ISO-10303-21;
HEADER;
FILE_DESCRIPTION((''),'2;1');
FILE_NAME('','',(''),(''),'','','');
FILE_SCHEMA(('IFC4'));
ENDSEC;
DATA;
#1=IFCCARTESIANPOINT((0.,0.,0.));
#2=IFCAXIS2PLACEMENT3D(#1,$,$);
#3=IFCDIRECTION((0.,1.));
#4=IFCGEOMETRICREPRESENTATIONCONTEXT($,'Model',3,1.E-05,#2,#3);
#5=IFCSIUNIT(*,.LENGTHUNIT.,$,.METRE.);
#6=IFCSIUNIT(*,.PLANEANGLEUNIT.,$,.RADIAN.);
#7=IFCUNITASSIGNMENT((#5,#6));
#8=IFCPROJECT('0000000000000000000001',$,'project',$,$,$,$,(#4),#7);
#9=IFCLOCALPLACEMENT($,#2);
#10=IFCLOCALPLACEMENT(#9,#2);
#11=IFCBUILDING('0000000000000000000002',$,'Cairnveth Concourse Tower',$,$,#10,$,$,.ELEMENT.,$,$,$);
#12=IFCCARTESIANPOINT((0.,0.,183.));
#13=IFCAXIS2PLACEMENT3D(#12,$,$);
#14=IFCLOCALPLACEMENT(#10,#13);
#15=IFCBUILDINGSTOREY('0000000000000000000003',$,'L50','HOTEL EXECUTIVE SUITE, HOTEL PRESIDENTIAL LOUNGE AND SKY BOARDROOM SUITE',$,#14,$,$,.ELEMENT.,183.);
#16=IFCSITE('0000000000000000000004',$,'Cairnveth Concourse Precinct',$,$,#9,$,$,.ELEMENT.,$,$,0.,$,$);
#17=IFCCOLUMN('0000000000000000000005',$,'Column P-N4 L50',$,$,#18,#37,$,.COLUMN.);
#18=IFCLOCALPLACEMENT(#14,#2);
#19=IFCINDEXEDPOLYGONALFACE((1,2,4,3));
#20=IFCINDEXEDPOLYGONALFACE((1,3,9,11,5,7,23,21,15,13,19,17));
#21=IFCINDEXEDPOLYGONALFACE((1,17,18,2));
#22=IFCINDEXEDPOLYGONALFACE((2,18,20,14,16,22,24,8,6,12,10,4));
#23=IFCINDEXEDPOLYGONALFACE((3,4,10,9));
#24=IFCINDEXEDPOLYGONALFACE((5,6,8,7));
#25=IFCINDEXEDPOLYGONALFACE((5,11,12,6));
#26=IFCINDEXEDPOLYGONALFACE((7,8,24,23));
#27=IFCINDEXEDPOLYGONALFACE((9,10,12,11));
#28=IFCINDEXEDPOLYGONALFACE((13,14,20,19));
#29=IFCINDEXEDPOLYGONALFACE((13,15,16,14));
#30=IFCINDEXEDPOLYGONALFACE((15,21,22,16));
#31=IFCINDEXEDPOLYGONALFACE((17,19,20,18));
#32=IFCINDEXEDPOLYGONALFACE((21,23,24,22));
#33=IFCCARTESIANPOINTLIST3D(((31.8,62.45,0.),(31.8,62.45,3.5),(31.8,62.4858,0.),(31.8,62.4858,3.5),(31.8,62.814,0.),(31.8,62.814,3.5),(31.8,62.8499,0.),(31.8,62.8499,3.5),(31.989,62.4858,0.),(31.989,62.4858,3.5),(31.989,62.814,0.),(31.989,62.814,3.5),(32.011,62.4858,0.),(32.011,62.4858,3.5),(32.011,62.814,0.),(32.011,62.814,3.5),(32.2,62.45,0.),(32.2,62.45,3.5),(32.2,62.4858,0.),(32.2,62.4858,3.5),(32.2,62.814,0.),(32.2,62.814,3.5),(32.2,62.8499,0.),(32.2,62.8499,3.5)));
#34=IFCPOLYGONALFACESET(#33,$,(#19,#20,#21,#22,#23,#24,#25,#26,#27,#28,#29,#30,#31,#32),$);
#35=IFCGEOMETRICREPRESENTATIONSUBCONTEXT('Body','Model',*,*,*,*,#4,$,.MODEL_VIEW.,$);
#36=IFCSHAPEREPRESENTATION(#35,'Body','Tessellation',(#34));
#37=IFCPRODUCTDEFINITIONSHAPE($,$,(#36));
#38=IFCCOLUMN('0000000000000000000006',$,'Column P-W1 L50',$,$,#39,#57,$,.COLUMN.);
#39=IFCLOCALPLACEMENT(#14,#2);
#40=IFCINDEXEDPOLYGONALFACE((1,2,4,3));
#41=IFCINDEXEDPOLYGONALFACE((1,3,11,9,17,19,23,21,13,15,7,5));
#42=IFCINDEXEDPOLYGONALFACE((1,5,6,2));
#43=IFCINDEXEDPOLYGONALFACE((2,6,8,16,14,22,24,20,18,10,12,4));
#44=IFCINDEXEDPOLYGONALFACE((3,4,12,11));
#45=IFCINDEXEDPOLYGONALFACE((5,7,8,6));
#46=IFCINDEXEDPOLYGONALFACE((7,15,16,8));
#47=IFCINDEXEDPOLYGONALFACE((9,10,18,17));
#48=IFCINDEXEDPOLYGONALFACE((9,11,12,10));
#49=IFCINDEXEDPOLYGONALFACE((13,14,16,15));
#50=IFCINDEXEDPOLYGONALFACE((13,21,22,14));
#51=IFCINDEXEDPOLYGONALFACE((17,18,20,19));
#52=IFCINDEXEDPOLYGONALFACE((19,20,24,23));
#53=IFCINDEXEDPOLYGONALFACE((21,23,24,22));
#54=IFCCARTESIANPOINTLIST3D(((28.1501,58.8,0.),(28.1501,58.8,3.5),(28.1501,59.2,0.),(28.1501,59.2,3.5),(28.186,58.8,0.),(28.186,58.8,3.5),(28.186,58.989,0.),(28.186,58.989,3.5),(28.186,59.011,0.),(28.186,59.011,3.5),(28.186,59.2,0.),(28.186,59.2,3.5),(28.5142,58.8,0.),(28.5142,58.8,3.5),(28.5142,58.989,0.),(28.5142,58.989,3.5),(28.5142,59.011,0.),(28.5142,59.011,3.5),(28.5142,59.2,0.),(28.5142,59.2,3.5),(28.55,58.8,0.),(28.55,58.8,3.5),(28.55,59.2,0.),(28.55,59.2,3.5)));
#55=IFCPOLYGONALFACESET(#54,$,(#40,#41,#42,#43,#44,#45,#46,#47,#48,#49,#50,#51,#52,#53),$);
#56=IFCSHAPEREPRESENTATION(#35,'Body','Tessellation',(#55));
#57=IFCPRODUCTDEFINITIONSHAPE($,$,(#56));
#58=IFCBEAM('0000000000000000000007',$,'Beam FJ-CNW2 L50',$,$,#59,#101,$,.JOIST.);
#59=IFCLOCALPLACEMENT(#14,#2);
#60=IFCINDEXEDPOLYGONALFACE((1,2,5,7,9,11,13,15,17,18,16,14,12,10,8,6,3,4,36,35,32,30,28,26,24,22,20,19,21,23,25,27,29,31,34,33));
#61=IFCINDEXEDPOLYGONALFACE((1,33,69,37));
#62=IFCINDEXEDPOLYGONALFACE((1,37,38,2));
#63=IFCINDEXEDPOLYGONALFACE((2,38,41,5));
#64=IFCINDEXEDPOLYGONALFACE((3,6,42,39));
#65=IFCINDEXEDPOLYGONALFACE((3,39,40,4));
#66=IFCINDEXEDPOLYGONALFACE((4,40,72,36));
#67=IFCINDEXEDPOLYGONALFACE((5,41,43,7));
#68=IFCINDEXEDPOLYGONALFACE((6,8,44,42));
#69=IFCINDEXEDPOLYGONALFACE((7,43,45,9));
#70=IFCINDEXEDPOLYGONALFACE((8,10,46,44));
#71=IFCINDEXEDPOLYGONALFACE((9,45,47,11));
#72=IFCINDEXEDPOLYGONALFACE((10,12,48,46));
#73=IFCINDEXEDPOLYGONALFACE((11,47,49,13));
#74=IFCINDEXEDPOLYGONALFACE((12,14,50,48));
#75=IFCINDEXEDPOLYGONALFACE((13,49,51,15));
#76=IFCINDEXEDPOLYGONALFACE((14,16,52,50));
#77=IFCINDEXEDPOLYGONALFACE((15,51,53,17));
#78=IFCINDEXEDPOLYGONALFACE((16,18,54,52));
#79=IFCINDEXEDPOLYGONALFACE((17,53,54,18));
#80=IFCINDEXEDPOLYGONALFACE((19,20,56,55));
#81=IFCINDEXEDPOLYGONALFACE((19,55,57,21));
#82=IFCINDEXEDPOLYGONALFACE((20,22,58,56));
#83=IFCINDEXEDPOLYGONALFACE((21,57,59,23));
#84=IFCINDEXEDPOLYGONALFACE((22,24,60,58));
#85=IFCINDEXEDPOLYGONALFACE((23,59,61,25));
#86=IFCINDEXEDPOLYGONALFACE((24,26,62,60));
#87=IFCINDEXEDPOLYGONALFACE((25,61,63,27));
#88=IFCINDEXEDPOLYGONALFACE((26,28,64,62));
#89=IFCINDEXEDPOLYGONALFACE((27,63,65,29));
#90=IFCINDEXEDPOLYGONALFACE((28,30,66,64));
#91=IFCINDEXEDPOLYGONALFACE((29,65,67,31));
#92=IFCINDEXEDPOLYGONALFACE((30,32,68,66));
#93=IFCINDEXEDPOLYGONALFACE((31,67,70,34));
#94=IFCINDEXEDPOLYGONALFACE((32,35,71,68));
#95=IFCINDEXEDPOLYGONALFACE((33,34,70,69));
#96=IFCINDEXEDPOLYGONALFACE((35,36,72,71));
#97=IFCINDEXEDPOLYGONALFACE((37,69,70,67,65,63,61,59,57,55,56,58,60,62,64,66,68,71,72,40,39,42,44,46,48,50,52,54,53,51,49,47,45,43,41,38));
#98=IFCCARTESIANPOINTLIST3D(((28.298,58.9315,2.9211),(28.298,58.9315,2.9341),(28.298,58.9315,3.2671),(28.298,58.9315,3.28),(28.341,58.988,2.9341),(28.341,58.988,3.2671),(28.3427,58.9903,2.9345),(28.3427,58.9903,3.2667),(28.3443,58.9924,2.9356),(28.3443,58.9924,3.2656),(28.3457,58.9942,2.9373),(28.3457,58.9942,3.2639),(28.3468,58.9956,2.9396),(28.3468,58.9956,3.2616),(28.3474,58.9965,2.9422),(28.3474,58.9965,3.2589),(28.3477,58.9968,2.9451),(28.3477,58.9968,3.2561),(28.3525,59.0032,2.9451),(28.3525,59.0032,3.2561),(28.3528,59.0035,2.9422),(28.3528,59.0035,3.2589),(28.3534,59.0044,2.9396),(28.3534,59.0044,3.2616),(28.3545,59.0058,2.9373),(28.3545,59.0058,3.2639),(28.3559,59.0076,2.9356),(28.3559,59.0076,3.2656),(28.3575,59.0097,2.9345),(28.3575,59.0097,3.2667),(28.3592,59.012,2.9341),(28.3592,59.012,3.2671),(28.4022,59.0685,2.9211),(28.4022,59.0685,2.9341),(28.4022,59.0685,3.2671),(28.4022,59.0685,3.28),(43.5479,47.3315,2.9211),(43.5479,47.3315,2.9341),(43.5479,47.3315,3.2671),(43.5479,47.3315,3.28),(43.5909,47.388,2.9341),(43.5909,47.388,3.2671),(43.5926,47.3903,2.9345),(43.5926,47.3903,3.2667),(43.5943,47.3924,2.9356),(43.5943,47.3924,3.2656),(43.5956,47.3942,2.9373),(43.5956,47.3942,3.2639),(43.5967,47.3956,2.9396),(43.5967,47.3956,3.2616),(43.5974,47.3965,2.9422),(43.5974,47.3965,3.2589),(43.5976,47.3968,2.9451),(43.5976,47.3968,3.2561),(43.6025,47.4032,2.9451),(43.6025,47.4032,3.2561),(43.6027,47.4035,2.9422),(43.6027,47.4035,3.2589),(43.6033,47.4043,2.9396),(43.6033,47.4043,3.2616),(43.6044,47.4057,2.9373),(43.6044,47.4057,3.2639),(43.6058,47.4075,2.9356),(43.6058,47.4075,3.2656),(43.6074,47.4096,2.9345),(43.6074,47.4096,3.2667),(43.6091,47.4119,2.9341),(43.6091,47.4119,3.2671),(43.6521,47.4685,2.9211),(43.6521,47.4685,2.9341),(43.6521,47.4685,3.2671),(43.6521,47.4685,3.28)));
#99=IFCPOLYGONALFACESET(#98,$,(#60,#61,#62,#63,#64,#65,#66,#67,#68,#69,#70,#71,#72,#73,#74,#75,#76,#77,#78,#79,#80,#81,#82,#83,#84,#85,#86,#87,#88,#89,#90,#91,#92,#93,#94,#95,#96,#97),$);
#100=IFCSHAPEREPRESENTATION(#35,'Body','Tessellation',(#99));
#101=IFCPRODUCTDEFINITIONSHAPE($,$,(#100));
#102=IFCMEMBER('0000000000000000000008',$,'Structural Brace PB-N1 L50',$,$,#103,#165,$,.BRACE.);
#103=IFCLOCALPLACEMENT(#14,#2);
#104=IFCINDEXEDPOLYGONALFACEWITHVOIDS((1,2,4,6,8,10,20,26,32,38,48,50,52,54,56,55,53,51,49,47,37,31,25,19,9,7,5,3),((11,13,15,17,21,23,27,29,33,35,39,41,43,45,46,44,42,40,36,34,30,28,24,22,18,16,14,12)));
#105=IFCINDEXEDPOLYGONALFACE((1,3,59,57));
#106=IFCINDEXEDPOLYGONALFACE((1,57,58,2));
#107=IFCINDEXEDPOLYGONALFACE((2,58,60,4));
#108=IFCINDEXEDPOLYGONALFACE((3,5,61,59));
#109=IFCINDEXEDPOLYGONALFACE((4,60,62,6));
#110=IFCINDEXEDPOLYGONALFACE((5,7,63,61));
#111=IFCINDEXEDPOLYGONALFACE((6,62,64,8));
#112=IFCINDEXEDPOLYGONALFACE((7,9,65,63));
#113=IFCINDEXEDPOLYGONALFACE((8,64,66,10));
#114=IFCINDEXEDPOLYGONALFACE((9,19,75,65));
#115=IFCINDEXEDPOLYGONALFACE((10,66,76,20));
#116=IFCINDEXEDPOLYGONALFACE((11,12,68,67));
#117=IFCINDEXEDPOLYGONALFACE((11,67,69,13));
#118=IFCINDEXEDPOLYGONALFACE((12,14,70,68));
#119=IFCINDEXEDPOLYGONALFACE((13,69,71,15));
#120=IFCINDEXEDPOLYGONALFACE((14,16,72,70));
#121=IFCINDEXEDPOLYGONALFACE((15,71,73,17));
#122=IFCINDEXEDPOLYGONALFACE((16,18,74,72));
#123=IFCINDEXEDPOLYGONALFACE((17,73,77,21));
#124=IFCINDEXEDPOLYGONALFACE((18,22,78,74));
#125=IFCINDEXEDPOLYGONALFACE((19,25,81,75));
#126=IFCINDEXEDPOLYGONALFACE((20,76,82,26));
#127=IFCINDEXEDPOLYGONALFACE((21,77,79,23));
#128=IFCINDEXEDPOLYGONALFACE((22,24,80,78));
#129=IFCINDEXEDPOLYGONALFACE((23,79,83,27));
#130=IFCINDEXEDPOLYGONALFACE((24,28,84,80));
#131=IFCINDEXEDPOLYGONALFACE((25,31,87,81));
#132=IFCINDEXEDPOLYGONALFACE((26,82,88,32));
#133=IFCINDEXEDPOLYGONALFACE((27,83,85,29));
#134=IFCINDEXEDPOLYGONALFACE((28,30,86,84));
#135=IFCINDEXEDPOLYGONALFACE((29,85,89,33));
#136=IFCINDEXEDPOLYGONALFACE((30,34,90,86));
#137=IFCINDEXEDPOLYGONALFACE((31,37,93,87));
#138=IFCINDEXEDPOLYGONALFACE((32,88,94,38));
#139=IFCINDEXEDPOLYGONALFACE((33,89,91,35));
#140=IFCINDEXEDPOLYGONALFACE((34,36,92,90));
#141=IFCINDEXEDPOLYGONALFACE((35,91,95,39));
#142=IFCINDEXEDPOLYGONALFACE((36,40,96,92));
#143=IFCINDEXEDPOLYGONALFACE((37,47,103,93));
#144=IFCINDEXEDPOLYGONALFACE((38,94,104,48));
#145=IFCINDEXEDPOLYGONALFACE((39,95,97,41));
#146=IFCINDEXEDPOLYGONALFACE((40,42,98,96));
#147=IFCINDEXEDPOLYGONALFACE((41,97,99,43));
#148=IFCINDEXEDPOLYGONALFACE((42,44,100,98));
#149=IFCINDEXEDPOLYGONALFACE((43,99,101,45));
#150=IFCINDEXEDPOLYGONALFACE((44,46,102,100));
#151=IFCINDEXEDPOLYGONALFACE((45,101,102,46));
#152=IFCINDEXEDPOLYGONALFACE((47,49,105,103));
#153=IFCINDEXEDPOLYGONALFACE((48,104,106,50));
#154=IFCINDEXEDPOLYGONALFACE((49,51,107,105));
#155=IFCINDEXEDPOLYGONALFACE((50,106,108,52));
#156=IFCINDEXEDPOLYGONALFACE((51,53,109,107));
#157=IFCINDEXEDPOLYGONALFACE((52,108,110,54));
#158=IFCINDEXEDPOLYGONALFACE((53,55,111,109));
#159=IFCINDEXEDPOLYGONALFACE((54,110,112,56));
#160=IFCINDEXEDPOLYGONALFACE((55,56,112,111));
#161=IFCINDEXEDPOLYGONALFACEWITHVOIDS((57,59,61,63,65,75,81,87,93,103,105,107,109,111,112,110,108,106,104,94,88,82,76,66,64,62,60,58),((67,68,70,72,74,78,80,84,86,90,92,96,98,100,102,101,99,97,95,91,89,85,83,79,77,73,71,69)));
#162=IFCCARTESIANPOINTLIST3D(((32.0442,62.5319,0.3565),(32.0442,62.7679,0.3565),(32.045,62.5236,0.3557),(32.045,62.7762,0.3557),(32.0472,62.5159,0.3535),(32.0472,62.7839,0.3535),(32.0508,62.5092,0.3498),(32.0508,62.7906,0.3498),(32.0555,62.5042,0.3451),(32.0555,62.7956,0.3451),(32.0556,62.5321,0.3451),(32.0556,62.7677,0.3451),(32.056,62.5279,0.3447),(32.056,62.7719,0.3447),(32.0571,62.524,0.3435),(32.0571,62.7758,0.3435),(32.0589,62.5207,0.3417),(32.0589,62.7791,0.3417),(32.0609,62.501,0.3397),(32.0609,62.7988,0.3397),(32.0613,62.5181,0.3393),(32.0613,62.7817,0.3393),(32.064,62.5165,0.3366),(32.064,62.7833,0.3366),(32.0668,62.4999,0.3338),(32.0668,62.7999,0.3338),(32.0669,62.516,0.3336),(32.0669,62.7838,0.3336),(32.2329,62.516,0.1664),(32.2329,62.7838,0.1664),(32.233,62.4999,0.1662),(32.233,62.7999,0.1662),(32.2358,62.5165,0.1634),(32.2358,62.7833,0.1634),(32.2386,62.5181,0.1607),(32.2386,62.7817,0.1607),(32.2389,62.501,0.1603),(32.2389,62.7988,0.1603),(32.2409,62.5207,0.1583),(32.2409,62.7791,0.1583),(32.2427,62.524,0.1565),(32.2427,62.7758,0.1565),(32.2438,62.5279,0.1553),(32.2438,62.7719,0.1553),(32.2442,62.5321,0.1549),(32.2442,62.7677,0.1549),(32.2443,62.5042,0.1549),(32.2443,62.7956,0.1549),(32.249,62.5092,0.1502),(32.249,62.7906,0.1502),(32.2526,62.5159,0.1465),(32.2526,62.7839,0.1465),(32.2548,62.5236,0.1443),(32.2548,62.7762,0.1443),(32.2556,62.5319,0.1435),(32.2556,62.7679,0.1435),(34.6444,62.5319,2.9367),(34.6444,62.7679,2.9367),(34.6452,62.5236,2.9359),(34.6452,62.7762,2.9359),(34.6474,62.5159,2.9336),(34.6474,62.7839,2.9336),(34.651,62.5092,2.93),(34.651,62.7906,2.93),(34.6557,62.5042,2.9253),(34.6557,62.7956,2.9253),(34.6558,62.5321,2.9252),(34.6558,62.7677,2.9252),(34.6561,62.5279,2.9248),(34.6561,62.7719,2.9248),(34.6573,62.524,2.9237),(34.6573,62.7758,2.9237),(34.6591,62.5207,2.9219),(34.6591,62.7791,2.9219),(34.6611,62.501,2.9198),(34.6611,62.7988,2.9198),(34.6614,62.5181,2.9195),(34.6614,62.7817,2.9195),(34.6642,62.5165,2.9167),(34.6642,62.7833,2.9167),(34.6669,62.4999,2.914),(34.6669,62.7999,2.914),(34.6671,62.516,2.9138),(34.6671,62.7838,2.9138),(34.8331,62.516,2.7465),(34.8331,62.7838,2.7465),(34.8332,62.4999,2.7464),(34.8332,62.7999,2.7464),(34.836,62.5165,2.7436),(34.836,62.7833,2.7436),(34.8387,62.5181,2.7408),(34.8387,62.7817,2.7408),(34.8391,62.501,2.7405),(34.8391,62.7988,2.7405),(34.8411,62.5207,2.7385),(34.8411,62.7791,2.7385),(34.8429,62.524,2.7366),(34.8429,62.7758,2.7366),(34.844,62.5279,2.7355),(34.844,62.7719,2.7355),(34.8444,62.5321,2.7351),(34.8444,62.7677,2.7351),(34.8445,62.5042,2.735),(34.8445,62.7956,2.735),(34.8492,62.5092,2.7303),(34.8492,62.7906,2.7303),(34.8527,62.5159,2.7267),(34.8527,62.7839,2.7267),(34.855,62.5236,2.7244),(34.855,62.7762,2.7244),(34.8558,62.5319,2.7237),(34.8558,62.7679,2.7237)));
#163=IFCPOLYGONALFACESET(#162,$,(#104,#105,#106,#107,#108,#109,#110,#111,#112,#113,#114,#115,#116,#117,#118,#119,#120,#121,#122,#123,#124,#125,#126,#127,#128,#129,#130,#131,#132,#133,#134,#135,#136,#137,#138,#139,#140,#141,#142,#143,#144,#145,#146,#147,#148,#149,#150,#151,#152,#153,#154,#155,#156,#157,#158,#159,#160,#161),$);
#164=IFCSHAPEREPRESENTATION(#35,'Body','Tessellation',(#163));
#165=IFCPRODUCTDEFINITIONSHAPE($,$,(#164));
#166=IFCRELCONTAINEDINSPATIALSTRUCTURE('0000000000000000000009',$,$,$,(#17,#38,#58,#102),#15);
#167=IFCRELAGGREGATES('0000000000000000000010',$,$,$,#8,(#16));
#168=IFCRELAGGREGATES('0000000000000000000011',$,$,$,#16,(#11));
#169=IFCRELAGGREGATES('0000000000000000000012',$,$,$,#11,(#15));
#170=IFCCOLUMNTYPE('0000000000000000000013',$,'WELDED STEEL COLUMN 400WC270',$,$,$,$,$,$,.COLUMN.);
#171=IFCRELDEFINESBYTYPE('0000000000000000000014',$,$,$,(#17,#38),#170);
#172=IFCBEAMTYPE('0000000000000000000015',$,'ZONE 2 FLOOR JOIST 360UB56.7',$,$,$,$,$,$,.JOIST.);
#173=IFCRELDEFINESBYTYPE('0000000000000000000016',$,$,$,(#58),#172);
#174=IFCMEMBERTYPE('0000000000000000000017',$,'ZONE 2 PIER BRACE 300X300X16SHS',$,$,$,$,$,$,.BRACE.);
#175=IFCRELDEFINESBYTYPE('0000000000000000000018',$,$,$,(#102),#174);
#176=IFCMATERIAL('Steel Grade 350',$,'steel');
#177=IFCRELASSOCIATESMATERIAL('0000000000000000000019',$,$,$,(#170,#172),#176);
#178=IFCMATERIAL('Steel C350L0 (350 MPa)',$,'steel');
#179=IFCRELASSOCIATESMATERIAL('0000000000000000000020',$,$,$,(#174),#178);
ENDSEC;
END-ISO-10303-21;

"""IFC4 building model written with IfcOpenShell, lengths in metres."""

from ifc_helpers import new_model, si_unit, direction, frame, origin, origin_2d, place, context, subcontext, project, spatial, hollow_rectangle, i_section, extrude, material, material_profile, profile_set, type_object, element, save


model = new_model("IFC4")

# Units and contexts
model_context = context("Model", 3, precision=1e-05, world=origin(), true_north=direction((0.0, 1.0)))
body_context = subcontext(model_context, "Body", "Model", "MODEL_VIEW")
ifc_project = project(units=[si_unit("LENGTHUNIT", "METRE"), si_unit("PLANEANGLEUNIT", "RADIAN")], contexts=[model_context])

# Site, building, storey
site_placement = place(None, origin())
site = spatial("IfcSite", under=ifc_project, at=site_placement, Name="Cairnveth Concourse Precinct", CompositionType="ELEMENT", RefElevation=0.0)
building_placement = place(site_placement, origin())
building = spatial("IfcBuilding", under=site, at=building_placement, Name="Cairnveth Concourse Tower", CompositionType="ELEMENT")
storey_placement = place(building_placement, frame((0.0, 0.0, 183.0)))
storey = spatial("IfcBuildingStorey", under=building, at=storey_placement, Name="L50", Description="HOTEL EXECUTIVE SUITE, HOTEL PRESIDENTIAL LOUNGE AND SKY BOARDROOM SUITE", CompositionType="ELEMENT", Elevation=183.0)

# Columns
ifc_material_1 = material(Name="Steel Grade 350", Category="steel")
ifc_material_profile_1 = material_profile(ifc_material_1, i_section(OverallWidth=0.3999, OverallDepth=0.3999, WebThickness=0.022, FlangeThickness=0.0359, at=origin_2d()), Name="400WC270")
ifc_profile_set_1 = profile_set([ifc_material_profile_1], Name="Steel Grade 350")
column_type = type_object("IfcColumnType", Name="WELDED STEEL COLUMN 400WC270", PredefinedType="COLUMN", material=ifc_profile_set_1)
for number, where, z_axis, x_axis, name in (
    (1, (32.0, 62.6499, 0.0), (0.0, 0.0, 1.0), (1.0, 0.0, 0.0), "Column P-N4 L50"),
    (2, (28.3501, 59.0, 0.0), (0.0, 0.0, 1.0), (0.0, 1.0, 0.0), "Column P-W1 L50"),
):
    element("IfcColumn", number, at=place(storey_placement, frame(where, z_axis=z_axis, x_axis=x_axis)), inside=storey, type_object=column_type, Name=name, PredefinedType="COLUMN", context=body_context, shape_type="SweptSolid", body=[
        extrude(i_section(OverallWidth=0.3999, OverallDepth=0.3999, WebThickness=0.022, FlangeThickness=0.0359, at=origin_2d()), origin(), (0.0, 0.0, 1.0), 3.5),
    ])

# Beam
ifc_material_profile_2 = material_profile(ifc_material_1, i_section(OverallWidth=0.1721, OverallDepth=0.3589, WebThickness=0.0081, FlangeThickness=0.0129, FilletRadius=0.011, at=origin_2d()), Name="360UB56.7")
ifc_profile_set_2 = profile_set([ifc_material_profile_2], Name="Steel Grade 350")
beam_type_1 = type_object("IfcBeamType", Name="ZONE 2 FLOOR JOIST 360UB56.7", PredefinedType="JOIST", material=ifc_profile_set_2)
beam_1_placement = place(storey_placement, frame((28.3501, 59.0, 3.1006), z_axis=(0.795908, -0.605417, 0.0), x_axis=(0.605417, 0.795908, 0.0)))
element("IfcBeam", 3, at=beam_1_placement, inside=storey, type_object=beam_type_1, Name="Beam FJ-CNW2 L50", PredefinedType="JOIST", context=body_context, shape_type="SweptSolid", body=[
    extrude(i_section(OverallWidth=0.1721, OverallDepth=0.3589, WebThickness=0.0081, FlangeThickness=0.0129, FilletRadius=0.011, at=origin_2d()), origin(), (0.0, 0.0, 1.0), 19.1604),
])

# Member
ifc_material_2 = material(Name="Steel C350L0 (350 MPa)", Category="steel")
ifc_material_profile_3 = material_profile(ifc_material_2, hollow_rectangle(XDim=0.3, YDim=0.3, WallThickness=0.0161, InnerFilletRadius=0.0161, OuterFilletRadius=0.032, at=origin_2d()), Name="300x300x16.0SHS")
ifc_profile_set_3 = profile_set([ifc_material_profile_3], Name="Steel C350L0 (350 MPa)")
member_type = type_object("IfcMemberType", Name="ZONE 2 PIER BRACE 300X300X16SHS", PredefinedType="BRACE", material=ifc_profile_set_3)
for number, where, z_axis, x_axis, name in (
    (4, (32.1499, 62.6499, 0.25), (0.709834, 0.0, 0.704369), (0.0, 1.0, 0.0), "Structural Brace PB-N1 L50"),
):
    element("IfcMember", number, at=place(storey_placement, frame(where, z_axis=z_axis, x_axis=x_axis)), inside=storey, type_object=member_type, Name=name, PredefinedType="BRACE", context=body_context, shape_type="SweptSolid", body=[
        extrude(hollow_rectangle(XDim=0.3, YDim=0.3, WallThickness=0.0161, InnerFilletRadius=0.0161, OuterFilletRadius=0.032, at=origin_2d()), origin(), (0.0, 0.0, 1.0), 3.6631),
    ])

save(model, "model.ifc")
